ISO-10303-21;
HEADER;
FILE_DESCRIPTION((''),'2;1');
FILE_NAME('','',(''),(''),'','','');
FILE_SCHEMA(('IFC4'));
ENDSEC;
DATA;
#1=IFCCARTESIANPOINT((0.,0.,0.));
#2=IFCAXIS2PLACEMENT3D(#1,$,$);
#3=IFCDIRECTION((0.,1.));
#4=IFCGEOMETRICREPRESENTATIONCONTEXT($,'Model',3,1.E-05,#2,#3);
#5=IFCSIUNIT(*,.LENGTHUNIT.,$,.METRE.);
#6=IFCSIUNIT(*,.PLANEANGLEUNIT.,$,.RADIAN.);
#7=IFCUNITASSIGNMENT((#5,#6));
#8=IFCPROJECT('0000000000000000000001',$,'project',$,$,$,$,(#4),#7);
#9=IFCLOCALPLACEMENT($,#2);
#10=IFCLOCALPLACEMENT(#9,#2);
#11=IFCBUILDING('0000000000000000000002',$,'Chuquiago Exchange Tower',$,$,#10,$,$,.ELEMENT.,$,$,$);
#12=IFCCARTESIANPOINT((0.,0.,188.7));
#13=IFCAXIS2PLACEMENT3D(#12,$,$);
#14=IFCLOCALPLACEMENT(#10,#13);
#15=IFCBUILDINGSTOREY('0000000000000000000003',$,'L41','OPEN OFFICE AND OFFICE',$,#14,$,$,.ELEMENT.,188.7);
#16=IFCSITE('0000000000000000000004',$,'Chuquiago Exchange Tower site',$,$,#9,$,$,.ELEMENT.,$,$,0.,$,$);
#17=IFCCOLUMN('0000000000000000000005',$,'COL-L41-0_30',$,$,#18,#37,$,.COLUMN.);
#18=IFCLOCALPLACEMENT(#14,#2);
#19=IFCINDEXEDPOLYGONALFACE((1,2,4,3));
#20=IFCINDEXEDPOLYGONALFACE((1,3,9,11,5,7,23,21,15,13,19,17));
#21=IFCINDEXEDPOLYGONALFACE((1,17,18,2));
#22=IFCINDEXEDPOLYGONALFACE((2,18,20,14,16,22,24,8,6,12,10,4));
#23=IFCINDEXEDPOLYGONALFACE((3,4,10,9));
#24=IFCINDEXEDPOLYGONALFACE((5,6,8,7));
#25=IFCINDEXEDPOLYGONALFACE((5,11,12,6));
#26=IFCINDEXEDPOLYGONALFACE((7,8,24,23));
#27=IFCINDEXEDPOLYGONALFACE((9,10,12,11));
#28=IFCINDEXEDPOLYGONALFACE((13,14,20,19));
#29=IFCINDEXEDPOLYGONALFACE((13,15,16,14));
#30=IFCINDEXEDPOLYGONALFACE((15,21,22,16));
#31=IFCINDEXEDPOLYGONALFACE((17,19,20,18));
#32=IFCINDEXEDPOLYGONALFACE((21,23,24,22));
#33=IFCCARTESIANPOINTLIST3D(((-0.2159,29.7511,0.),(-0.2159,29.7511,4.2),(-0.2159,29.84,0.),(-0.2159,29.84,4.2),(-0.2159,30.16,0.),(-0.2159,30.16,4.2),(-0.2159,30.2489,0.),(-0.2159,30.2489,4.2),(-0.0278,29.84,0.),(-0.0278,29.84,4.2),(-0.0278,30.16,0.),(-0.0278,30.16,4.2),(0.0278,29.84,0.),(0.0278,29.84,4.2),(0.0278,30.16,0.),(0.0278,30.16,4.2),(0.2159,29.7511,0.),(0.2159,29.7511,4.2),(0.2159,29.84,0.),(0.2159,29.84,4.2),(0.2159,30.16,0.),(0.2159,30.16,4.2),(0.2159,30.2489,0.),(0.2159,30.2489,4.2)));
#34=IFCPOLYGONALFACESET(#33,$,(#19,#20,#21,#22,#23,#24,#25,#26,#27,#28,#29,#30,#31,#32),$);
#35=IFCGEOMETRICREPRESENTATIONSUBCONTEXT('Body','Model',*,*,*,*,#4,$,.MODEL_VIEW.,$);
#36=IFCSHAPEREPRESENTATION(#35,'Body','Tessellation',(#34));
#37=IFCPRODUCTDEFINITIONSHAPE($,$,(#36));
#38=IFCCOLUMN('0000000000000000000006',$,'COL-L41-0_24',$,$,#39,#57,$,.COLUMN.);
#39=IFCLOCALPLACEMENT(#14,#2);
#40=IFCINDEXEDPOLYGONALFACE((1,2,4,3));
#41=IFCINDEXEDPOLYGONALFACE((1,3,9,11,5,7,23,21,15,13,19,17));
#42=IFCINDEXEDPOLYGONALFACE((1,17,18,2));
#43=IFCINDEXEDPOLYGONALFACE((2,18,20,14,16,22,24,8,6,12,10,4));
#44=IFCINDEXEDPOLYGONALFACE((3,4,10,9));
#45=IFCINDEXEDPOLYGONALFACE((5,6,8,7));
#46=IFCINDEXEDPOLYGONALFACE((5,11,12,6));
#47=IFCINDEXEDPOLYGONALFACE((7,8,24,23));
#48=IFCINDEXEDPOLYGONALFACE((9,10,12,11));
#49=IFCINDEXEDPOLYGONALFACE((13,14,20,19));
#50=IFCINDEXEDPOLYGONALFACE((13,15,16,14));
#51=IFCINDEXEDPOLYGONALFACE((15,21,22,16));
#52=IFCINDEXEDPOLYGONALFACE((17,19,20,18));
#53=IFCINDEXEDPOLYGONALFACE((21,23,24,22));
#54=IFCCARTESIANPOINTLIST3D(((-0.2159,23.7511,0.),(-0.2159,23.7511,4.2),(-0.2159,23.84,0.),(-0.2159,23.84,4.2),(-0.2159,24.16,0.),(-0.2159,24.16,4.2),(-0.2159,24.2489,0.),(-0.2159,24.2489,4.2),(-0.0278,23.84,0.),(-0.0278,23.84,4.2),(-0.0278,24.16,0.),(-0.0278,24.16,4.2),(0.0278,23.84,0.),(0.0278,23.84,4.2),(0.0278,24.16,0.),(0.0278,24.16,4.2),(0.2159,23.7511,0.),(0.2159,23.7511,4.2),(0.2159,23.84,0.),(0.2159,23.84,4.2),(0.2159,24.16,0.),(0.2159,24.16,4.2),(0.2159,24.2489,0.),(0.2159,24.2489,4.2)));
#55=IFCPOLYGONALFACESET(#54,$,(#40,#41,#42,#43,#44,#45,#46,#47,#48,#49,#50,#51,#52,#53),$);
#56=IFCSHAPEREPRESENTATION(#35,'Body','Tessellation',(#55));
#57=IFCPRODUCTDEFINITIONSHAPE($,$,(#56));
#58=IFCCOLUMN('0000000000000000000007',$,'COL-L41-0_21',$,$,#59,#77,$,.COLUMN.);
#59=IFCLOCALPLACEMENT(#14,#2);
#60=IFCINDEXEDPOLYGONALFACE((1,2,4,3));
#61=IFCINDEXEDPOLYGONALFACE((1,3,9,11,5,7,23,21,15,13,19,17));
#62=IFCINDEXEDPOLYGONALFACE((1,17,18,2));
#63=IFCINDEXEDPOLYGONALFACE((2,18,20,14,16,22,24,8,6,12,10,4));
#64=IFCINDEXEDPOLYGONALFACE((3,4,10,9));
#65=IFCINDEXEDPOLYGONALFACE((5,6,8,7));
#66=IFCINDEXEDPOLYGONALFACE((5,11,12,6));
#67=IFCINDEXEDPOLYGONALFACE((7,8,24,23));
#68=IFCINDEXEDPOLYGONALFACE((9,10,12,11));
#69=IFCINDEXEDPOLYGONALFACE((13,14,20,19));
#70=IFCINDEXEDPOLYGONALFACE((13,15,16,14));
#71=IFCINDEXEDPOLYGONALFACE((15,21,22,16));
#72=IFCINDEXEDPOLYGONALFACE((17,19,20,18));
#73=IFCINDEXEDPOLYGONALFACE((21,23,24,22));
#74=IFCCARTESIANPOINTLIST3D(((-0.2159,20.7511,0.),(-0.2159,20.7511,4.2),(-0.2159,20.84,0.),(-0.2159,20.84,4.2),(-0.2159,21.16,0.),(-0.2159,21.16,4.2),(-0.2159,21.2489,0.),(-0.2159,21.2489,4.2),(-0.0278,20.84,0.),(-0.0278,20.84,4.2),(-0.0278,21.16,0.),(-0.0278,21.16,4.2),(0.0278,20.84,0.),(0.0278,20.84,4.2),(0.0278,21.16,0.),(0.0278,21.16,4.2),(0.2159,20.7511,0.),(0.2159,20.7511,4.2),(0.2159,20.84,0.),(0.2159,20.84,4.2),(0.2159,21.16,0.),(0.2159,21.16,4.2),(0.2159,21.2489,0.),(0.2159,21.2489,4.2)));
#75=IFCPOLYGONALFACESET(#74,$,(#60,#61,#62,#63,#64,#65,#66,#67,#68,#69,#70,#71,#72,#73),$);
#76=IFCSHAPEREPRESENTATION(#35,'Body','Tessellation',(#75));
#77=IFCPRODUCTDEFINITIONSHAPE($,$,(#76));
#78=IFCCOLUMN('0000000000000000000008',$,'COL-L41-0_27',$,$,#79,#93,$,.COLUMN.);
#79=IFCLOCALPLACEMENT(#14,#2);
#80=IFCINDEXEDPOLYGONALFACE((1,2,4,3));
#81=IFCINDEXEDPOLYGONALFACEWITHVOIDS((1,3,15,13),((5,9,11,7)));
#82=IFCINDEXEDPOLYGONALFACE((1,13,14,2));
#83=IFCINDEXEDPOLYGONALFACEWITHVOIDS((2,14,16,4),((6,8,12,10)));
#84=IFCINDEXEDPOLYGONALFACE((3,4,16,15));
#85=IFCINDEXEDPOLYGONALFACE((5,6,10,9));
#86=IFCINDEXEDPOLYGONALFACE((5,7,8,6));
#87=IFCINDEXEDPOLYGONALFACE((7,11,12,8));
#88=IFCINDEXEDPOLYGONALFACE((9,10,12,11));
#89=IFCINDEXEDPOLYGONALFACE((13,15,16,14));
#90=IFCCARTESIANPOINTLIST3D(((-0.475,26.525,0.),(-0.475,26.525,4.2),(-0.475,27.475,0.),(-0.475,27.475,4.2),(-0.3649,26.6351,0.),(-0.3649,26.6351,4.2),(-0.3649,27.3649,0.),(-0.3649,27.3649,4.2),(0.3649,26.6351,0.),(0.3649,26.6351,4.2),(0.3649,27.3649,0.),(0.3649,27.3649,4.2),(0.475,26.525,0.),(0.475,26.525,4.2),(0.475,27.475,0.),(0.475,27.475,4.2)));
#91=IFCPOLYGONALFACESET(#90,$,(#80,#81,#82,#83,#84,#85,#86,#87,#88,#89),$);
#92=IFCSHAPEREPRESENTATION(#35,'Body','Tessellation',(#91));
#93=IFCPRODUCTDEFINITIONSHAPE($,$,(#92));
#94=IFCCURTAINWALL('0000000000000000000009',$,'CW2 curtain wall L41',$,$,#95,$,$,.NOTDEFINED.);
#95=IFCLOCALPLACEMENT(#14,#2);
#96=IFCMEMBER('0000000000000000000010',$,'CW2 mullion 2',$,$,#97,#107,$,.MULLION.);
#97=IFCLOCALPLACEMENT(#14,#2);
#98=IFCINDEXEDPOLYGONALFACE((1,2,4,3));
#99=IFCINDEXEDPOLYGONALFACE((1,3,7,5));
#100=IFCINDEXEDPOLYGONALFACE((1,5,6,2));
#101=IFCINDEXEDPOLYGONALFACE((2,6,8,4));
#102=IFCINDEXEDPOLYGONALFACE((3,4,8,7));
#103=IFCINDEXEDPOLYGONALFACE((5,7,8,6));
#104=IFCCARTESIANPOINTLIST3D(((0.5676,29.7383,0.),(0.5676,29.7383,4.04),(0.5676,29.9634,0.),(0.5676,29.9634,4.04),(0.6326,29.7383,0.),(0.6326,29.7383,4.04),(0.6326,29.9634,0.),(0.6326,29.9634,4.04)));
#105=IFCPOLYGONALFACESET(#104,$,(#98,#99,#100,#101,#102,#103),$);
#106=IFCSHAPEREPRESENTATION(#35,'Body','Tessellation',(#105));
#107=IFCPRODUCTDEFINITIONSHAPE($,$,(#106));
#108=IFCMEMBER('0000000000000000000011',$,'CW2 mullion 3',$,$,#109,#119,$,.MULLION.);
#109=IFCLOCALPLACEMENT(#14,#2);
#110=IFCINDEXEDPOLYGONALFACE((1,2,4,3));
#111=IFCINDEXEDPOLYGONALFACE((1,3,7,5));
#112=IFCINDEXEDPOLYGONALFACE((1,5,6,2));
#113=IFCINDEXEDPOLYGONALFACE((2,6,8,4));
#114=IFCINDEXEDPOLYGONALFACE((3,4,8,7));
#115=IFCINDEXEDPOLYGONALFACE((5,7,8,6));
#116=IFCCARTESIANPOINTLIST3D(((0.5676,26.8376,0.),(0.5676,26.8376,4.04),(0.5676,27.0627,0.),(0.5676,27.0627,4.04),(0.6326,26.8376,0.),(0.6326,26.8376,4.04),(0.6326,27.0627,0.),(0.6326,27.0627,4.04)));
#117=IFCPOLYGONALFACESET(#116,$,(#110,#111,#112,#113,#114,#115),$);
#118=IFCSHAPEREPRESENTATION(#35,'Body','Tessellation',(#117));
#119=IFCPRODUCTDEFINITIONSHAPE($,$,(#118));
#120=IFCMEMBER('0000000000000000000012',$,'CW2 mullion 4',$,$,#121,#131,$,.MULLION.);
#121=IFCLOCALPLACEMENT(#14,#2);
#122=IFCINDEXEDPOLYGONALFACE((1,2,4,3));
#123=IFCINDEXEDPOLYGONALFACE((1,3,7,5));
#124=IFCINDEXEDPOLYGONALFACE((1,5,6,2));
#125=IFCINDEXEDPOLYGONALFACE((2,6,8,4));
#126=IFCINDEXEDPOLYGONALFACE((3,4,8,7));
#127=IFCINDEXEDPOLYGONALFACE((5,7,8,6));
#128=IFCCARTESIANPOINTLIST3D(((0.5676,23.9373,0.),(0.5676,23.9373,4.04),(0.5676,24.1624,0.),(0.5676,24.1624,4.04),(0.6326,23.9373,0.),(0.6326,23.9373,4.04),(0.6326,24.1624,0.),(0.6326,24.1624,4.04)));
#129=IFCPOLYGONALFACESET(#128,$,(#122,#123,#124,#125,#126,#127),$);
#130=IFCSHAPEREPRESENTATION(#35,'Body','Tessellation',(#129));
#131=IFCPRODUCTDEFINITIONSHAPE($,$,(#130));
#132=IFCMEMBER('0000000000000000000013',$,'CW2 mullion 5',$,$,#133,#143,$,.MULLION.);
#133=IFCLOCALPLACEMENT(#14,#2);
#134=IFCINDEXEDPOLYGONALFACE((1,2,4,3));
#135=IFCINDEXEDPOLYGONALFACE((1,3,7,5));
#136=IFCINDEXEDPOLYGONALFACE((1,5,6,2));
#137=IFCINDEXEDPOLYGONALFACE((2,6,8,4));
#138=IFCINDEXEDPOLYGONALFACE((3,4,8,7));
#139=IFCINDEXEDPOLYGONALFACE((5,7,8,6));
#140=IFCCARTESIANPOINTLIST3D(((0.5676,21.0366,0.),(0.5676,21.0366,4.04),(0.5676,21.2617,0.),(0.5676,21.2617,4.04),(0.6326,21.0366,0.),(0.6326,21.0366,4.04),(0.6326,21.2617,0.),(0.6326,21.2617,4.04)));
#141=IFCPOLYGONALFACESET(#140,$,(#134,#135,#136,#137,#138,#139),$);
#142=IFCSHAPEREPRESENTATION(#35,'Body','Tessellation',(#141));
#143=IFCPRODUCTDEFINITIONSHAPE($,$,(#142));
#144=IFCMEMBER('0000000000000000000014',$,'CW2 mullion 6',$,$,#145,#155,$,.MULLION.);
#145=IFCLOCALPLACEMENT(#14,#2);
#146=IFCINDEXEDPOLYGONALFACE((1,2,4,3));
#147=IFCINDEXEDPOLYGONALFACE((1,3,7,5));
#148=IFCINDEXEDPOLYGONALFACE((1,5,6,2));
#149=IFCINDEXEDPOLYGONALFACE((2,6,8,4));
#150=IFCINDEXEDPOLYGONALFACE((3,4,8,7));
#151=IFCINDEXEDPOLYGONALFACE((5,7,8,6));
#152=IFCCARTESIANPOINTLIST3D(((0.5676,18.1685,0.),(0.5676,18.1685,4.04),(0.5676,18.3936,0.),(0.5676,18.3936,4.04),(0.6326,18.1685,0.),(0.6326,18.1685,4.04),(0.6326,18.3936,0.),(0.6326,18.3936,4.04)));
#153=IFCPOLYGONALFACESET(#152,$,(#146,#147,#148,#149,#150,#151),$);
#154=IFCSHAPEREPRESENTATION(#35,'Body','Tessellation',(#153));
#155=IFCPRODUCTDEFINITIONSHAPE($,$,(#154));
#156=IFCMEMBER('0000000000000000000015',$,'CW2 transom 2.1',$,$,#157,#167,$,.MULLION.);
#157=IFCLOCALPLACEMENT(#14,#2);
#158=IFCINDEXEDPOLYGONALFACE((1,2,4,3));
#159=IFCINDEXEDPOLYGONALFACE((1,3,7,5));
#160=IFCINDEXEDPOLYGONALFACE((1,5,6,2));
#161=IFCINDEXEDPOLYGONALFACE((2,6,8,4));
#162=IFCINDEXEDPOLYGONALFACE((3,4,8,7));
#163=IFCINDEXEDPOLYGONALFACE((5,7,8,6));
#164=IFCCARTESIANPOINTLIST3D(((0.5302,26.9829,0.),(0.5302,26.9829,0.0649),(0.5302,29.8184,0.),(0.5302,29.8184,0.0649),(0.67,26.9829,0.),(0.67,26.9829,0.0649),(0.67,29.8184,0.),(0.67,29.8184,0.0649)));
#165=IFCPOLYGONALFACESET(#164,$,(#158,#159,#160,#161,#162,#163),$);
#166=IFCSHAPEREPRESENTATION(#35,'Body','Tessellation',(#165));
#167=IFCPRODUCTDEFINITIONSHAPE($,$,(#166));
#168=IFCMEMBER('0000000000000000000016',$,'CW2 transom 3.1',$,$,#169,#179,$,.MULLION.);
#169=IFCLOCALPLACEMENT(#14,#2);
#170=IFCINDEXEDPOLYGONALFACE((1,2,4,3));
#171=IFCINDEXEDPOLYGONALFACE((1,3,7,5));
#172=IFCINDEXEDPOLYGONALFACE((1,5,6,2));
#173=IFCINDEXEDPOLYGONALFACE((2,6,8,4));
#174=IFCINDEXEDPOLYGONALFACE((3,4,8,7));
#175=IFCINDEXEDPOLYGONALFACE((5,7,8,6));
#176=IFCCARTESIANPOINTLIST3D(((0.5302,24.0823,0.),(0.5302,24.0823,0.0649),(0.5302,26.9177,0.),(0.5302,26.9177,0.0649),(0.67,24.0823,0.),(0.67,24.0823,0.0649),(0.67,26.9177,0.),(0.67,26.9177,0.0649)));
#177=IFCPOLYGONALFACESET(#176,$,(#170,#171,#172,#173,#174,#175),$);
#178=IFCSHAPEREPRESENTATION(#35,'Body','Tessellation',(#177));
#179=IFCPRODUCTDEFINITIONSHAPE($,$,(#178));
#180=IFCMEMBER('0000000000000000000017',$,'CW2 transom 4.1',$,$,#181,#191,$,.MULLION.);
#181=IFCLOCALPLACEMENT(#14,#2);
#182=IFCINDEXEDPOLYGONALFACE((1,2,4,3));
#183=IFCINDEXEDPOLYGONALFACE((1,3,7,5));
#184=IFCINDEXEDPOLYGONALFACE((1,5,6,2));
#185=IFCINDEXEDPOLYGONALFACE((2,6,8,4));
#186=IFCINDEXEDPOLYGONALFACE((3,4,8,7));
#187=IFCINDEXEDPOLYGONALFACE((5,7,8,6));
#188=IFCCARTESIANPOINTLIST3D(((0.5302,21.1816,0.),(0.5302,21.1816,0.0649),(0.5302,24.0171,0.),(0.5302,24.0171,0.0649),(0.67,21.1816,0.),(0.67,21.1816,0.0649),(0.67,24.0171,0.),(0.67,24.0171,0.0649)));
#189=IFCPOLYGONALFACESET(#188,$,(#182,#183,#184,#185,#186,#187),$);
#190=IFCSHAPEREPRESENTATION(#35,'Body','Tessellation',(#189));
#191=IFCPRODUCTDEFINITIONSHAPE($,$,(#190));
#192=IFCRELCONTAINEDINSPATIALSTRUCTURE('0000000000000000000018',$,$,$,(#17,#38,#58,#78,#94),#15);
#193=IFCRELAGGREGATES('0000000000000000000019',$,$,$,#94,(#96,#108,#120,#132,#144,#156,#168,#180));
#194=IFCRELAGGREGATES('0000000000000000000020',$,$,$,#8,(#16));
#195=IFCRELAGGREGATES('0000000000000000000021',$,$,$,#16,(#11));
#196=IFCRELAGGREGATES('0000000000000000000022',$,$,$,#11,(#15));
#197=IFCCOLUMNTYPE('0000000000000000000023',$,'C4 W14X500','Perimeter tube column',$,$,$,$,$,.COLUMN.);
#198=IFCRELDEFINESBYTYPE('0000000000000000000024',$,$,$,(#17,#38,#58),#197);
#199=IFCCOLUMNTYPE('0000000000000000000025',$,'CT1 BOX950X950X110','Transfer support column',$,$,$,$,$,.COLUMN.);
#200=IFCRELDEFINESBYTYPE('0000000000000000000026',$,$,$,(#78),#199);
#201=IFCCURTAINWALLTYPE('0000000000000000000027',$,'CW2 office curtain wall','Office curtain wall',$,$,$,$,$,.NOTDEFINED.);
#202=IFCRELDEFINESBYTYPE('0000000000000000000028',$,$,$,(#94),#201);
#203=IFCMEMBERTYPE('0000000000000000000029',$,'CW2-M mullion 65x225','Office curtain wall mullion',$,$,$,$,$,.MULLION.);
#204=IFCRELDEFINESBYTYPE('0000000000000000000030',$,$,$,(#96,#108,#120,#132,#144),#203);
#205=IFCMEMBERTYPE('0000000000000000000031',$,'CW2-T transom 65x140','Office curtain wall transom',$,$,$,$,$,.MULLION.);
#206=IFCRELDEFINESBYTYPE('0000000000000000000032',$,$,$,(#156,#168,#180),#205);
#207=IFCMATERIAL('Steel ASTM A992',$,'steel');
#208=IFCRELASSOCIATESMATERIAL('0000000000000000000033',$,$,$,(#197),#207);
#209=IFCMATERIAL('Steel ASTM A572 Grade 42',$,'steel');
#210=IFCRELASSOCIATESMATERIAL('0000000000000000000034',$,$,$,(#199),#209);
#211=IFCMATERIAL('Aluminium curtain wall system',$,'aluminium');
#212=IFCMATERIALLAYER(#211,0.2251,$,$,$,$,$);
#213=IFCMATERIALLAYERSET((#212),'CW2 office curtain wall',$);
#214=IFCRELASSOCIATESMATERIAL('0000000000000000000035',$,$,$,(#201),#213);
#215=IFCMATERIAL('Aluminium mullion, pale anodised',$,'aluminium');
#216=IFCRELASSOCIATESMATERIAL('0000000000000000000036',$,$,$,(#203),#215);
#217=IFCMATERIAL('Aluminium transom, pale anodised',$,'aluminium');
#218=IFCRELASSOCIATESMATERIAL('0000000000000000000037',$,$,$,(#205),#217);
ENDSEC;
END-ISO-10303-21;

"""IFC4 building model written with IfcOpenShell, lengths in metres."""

from ifc_helpers import new_model, si_unit, direction, frame, origin, origin_2d, place, context, subcontext, project, spatial, rectangle, hollow_rectangle, i_section, extrude, material, layer, layer_set, material_profile, profile_set, type_object, element, aggregate, save


model = new_model("IFC4")

# Units and contexts
model_context = context("Model", 3, precision=1e-05, world=origin(), true_north=direction((0.0, 1.0)))
body_context = subcontext(model_context, "Body", "Model", "MODEL_VIEW")
ifc_project = project(units=[si_unit("LENGTHUNIT", "METRE"), si_unit("PLANEANGLEUNIT", "RADIAN")], contexts=[model_context])

# Site, building, storey
site_placement = place(None, origin())
site = spatial("IfcSite", under=ifc_project, at=site_placement, Name="Chuquiago Exchange Tower site", CompositionType="ELEMENT", RefElevation=0.0)
building_placement = place(site_placement, origin())
building = spatial("IfcBuilding", under=site, at=building_placement, Name="Chuquiago Exchange Tower", CompositionType="ELEMENT")
storey_placement = place(building_placement, frame((0.0, 0.0, 188.7)))
storey = spatial("IfcBuildingStorey", under=building, at=storey_placement, Name="L41", Description="OPEN OFFICE AND OFFICE", CompositionType="ELEMENT", Elevation=188.7)

# Columns
ifc_material_1 = material(Name="Steel ASTM A992", Category="steel")
ifc_material_profile_1 = material_profile(ifc_material_1, i_section(OverallWidth=0.4319, OverallDepth=0.4978, WebThickness=0.0557, FlangeThickness=0.0889, at=origin_2d()), Name="W14X500")
ifc_profile_set_1 = profile_set([ifc_material_profile_1], Name="Steel ASTM A992")
column_type_1 = type_object("IfcColumnType", Name="C4 W14X500", Description="Perimeter tube column", PredefinedType="COLUMN", material=ifc_profile_set_1)
for number, where, z_axis, x_axis, name in (
    (1, (0.0, 30.0, 0.0), (0.0, 0.0, 1.0), (-1.0, 0.0, 0.0), "COL-L41-0_30"),
    (2, (0.0, 24.0, 0.0), (0.0, 0.0, 1.0), (-1.0, 0.0, 0.0), "COL-L41-0_24"),
    (3, (0.0, 21.0, 0.0), (0.0, 0.0, 1.0), (-1.0, 0.0, 0.0), "COL-L41-0_21"),
):
    element("IfcColumn", number, at=place(storey_placement, frame(where, z_axis=z_axis, x_axis=x_axis)), inside=storey, type_object=column_type_1, Name=name, PredefinedType="COLUMN", context=body_context, shape_type="SweptSolid", body=[
        extrude(i_section(OverallWidth=0.4319, OverallDepth=0.4978, WebThickness=0.0557, FlangeThickness=0.0889, at=origin_2d()), origin(), (0.0, 0.0, 1.0), 4.2),
    ])
ifc_material_2 = material(Name="Steel ASTM A572 Grade 42", Category="steel")
ifc_material_profile_2 = material_profile(ifc_material_2, hollow_rectangle(XDim=0.95, YDim=0.95, WallThickness=0.1101, at=origin_2d()), Name="BOX950X950X110")
ifc_profile_set_2 = profile_set([ifc_material_profile_2], Name="Steel ASTM A572 Grade 42")
column_type_2 = type_object("IfcColumnType", Name="CT1 BOX950X950X110", Description="Transfer support column", PredefinedType="COLUMN", material=ifc_profile_set_2)
column_placement = place(storey_placement, frame((0.0, 27.0, 0.0), z_axis=(0.0, 0.0, 1.0), x_axis=(-1.0, 0.0, 0.0)))
element("IfcColumn", 4, at=column_placement, inside=storey, type_object=column_type_2, Name="COL-L41-0_27", PredefinedType="COLUMN", context=body_context, shape_type="SweptSolid", body=[
    extrude(hollow_rectangle(XDim=0.95, YDim=0.95, WallThickness=0.1101, at=origin_2d()), origin(), (0.0, 0.0, 1.0), 4.2),
])

# Curtain wall, members
ifc_material_3 = material(Name="Aluminium curtain wall system", Category="aluminium")
ifc_layer_1 = layer(ifc_material_3, 0.2251)
ifc_layer_set_1 = layer_set([ifc_layer_1], Name="CW2 office curtain wall")
curtain_wall_type = type_object("IfcCurtainWallType", Name="CW2 office curtain wall", Description="Office curtain wall", PredefinedType="NOTDEFINED", material=ifc_layer_set_1)
curtain_wall_placement = place(storey_placement, origin())
curtain_wall = element("IfcCurtainWall", 5, at=curtain_wall_placement, inside=storey, type_object=curtain_wall_type, Name="CW2 curtain wall L41", PredefinedType="NOTDEFINED")
ifc_material_4 = material(Name="Aluminium mullion, pale anodised", Category="aluminium")
ifc_material_profile_3 = material_profile(ifc_material_4, rectangle(XDim=0.0649, YDim=0.2251, at=origin_2d()), Name="AL 65x225")
ifc_profile_set_3 = profile_set([ifc_material_profile_3], Name="Aluminium mullion, pale anodised")
member_type_1 = type_object("IfcMemberType", Name="CW2-M mullion 65x225", Description="Office curtain wall mullion", PredefinedType="MULLION", material=ifc_profile_set_3)
member_1_placement = place(storey_placement, frame((0.6001, 29.8508, 0.0), z_axis=(0.0, 0.0, 1.0), x_axis=(1.0, 0.0, 0.0)))
member_1 = element("IfcMember", 6, at=member_1_placement, type_object=member_type_1, Name="CW2 mullion 2", PredefinedType="MULLION", context=body_context, shape_type="SweptSolid", body=[
    extrude(rectangle(XDim=0.0649, YDim=0.2251, at=origin_2d()), origin(), (0.0, 0.0, 1.0), 4.04),
])
member_2_placement = place(storey_placement, frame((0.6001, 26.9502, 0.0), z_axis=(0.0, 0.0, 1.0), x_axis=(1.0, 0.0, 0.0)))
member_2 = element("IfcMember", 7, at=member_2_placement, type_object=member_type_1, Name="CW2 mullion 3", PredefinedType="MULLION", context=body_context, shape_type="SweptSolid", body=[
    extrude(rectangle(XDim=0.0649, YDim=0.2251, at=origin_2d()), origin(), (0.0, 0.0, 1.0), 4.04),
])
member_3_placement = place(storey_placement, frame((0.6001, 24.0498, 0.0), z_axis=(0.0, 0.0, 1.0), x_axis=(1.0, 0.0, 0.0)))
member_3 = element("IfcMember", 8, at=member_3_placement, type_object=member_type_1, Name="CW2 mullion 4", PredefinedType="MULLION", context=body_context, shape_type="SweptSolid", body=[
    extrude(rectangle(XDim=0.0649, YDim=0.2251, at=origin_2d()), origin(), (0.0, 0.0, 1.0), 4.04),
])
member_4_placement = place(storey_placement, frame((0.6001, 21.1492, 0.0), z_axis=(0.0, 0.0, 1.0), x_axis=(1.0, 0.0, 0.0)))
member_4 = element("IfcMember", 9, at=member_4_placement, type_object=member_type_1, Name="CW2 mullion 5", PredefinedType="MULLION", context=body_context, shape_type="SweptSolid", body=[
    extrude(rectangle(XDim=0.0649, YDim=0.2251, at=origin_2d()), origin(), (0.0, 0.0, 1.0), 4.04),
])
member_5_placement = place(storey_placement, frame((0.6001, 18.281, 0.0), z_axis=(0.0, 0.0, 1.0), x_axis=(1.0, 0.0, 0.0)))
member_5 = element("IfcMember", 10, at=member_5_placement, type_object=member_type_1, Name="CW2 mullion 6", PredefinedType="MULLION", context=body_context, shape_type="SweptSolid", body=[
    extrude(rectangle(XDim=0.0649, YDim=0.2251, at=origin_2d()), origin(), (0.0, 0.0, 1.0), 4.04),
])
ifc_material_5 = material(Name="Aluminium transom, pale anodised", Category="aluminium")
ifc_material_profile_4 = material_profile(ifc_material_5, rectangle(XDim=0.1399, YDim=0.0649, at=origin_2d()), Name="AL 140x65")
ifc_profile_set_4 = profile_set([ifc_material_profile_4], Name="Aluminium transom, pale anodised")
member_type_2 = type_object("IfcMemberType", Name="CW2-T transom 65x140", Description="Office curtain wall transom", PredefinedType="MULLION", material=ifc_profile_set_4)
member_6_placement = place(storey_placement, frame((0.6001, 29.8184, 0.0325), z_axis=(0.0, -1.0, 0.0), x_axis=(1.0, 0.0, 0.0)))
member_6 = element("IfcMember", 11, at=member_6_placement, type_object=member_type_2, Name="CW2 transom 2.1", PredefinedType="MULLION", context=body_context, shape_type="SweptSolid", body=[
    extrude(rectangle(XDim=0.1399, YDim=0.0649, at=origin_2d()), origin(), (0.0, 0.0, 1.0), 2.8354),
])
member_7_placement = place(storey_placement, frame((0.6001, 26.9177, 0.0325), z_axis=(0.0, -1.0, 0.0), x_axis=(1.0, 0.0, 0.0)))
member_7 = element("IfcMember", 12, at=member_7_placement, type_object=member_type_2, Name="CW2 transom 3.1", PredefinedType="MULLION", context=body_context, shape_type="SweptSolid", body=[
    extrude(rectangle(XDim=0.1399, YDim=0.0649, at=origin_2d()), origin(), (0.0, 0.0, 1.0), 2.8354),
])
member_8_placement = place(storey_placement, frame((0.6001, 24.0171, 0.0325), z_axis=(0.0, -1.0, 0.0), x_axis=(1.0, 0.0, 0.0)))
member_8 = element("IfcMember", 13, at=member_8_placement, type_object=member_type_2, Name="CW2 transom 4.1", PredefinedType="MULLION", context=body_context, shape_type="SweptSolid", body=[
    extrude(rectangle(XDim=0.1399, YDim=0.0649, at=origin_2d()), origin(), (0.0, 0.0, 1.0), 2.8354),
])

aggregate(curtain_wall, [member_1, member_2, member_3, member_4, member_5, member_6, member_7, member_8])

save(model, "model.ifc")
